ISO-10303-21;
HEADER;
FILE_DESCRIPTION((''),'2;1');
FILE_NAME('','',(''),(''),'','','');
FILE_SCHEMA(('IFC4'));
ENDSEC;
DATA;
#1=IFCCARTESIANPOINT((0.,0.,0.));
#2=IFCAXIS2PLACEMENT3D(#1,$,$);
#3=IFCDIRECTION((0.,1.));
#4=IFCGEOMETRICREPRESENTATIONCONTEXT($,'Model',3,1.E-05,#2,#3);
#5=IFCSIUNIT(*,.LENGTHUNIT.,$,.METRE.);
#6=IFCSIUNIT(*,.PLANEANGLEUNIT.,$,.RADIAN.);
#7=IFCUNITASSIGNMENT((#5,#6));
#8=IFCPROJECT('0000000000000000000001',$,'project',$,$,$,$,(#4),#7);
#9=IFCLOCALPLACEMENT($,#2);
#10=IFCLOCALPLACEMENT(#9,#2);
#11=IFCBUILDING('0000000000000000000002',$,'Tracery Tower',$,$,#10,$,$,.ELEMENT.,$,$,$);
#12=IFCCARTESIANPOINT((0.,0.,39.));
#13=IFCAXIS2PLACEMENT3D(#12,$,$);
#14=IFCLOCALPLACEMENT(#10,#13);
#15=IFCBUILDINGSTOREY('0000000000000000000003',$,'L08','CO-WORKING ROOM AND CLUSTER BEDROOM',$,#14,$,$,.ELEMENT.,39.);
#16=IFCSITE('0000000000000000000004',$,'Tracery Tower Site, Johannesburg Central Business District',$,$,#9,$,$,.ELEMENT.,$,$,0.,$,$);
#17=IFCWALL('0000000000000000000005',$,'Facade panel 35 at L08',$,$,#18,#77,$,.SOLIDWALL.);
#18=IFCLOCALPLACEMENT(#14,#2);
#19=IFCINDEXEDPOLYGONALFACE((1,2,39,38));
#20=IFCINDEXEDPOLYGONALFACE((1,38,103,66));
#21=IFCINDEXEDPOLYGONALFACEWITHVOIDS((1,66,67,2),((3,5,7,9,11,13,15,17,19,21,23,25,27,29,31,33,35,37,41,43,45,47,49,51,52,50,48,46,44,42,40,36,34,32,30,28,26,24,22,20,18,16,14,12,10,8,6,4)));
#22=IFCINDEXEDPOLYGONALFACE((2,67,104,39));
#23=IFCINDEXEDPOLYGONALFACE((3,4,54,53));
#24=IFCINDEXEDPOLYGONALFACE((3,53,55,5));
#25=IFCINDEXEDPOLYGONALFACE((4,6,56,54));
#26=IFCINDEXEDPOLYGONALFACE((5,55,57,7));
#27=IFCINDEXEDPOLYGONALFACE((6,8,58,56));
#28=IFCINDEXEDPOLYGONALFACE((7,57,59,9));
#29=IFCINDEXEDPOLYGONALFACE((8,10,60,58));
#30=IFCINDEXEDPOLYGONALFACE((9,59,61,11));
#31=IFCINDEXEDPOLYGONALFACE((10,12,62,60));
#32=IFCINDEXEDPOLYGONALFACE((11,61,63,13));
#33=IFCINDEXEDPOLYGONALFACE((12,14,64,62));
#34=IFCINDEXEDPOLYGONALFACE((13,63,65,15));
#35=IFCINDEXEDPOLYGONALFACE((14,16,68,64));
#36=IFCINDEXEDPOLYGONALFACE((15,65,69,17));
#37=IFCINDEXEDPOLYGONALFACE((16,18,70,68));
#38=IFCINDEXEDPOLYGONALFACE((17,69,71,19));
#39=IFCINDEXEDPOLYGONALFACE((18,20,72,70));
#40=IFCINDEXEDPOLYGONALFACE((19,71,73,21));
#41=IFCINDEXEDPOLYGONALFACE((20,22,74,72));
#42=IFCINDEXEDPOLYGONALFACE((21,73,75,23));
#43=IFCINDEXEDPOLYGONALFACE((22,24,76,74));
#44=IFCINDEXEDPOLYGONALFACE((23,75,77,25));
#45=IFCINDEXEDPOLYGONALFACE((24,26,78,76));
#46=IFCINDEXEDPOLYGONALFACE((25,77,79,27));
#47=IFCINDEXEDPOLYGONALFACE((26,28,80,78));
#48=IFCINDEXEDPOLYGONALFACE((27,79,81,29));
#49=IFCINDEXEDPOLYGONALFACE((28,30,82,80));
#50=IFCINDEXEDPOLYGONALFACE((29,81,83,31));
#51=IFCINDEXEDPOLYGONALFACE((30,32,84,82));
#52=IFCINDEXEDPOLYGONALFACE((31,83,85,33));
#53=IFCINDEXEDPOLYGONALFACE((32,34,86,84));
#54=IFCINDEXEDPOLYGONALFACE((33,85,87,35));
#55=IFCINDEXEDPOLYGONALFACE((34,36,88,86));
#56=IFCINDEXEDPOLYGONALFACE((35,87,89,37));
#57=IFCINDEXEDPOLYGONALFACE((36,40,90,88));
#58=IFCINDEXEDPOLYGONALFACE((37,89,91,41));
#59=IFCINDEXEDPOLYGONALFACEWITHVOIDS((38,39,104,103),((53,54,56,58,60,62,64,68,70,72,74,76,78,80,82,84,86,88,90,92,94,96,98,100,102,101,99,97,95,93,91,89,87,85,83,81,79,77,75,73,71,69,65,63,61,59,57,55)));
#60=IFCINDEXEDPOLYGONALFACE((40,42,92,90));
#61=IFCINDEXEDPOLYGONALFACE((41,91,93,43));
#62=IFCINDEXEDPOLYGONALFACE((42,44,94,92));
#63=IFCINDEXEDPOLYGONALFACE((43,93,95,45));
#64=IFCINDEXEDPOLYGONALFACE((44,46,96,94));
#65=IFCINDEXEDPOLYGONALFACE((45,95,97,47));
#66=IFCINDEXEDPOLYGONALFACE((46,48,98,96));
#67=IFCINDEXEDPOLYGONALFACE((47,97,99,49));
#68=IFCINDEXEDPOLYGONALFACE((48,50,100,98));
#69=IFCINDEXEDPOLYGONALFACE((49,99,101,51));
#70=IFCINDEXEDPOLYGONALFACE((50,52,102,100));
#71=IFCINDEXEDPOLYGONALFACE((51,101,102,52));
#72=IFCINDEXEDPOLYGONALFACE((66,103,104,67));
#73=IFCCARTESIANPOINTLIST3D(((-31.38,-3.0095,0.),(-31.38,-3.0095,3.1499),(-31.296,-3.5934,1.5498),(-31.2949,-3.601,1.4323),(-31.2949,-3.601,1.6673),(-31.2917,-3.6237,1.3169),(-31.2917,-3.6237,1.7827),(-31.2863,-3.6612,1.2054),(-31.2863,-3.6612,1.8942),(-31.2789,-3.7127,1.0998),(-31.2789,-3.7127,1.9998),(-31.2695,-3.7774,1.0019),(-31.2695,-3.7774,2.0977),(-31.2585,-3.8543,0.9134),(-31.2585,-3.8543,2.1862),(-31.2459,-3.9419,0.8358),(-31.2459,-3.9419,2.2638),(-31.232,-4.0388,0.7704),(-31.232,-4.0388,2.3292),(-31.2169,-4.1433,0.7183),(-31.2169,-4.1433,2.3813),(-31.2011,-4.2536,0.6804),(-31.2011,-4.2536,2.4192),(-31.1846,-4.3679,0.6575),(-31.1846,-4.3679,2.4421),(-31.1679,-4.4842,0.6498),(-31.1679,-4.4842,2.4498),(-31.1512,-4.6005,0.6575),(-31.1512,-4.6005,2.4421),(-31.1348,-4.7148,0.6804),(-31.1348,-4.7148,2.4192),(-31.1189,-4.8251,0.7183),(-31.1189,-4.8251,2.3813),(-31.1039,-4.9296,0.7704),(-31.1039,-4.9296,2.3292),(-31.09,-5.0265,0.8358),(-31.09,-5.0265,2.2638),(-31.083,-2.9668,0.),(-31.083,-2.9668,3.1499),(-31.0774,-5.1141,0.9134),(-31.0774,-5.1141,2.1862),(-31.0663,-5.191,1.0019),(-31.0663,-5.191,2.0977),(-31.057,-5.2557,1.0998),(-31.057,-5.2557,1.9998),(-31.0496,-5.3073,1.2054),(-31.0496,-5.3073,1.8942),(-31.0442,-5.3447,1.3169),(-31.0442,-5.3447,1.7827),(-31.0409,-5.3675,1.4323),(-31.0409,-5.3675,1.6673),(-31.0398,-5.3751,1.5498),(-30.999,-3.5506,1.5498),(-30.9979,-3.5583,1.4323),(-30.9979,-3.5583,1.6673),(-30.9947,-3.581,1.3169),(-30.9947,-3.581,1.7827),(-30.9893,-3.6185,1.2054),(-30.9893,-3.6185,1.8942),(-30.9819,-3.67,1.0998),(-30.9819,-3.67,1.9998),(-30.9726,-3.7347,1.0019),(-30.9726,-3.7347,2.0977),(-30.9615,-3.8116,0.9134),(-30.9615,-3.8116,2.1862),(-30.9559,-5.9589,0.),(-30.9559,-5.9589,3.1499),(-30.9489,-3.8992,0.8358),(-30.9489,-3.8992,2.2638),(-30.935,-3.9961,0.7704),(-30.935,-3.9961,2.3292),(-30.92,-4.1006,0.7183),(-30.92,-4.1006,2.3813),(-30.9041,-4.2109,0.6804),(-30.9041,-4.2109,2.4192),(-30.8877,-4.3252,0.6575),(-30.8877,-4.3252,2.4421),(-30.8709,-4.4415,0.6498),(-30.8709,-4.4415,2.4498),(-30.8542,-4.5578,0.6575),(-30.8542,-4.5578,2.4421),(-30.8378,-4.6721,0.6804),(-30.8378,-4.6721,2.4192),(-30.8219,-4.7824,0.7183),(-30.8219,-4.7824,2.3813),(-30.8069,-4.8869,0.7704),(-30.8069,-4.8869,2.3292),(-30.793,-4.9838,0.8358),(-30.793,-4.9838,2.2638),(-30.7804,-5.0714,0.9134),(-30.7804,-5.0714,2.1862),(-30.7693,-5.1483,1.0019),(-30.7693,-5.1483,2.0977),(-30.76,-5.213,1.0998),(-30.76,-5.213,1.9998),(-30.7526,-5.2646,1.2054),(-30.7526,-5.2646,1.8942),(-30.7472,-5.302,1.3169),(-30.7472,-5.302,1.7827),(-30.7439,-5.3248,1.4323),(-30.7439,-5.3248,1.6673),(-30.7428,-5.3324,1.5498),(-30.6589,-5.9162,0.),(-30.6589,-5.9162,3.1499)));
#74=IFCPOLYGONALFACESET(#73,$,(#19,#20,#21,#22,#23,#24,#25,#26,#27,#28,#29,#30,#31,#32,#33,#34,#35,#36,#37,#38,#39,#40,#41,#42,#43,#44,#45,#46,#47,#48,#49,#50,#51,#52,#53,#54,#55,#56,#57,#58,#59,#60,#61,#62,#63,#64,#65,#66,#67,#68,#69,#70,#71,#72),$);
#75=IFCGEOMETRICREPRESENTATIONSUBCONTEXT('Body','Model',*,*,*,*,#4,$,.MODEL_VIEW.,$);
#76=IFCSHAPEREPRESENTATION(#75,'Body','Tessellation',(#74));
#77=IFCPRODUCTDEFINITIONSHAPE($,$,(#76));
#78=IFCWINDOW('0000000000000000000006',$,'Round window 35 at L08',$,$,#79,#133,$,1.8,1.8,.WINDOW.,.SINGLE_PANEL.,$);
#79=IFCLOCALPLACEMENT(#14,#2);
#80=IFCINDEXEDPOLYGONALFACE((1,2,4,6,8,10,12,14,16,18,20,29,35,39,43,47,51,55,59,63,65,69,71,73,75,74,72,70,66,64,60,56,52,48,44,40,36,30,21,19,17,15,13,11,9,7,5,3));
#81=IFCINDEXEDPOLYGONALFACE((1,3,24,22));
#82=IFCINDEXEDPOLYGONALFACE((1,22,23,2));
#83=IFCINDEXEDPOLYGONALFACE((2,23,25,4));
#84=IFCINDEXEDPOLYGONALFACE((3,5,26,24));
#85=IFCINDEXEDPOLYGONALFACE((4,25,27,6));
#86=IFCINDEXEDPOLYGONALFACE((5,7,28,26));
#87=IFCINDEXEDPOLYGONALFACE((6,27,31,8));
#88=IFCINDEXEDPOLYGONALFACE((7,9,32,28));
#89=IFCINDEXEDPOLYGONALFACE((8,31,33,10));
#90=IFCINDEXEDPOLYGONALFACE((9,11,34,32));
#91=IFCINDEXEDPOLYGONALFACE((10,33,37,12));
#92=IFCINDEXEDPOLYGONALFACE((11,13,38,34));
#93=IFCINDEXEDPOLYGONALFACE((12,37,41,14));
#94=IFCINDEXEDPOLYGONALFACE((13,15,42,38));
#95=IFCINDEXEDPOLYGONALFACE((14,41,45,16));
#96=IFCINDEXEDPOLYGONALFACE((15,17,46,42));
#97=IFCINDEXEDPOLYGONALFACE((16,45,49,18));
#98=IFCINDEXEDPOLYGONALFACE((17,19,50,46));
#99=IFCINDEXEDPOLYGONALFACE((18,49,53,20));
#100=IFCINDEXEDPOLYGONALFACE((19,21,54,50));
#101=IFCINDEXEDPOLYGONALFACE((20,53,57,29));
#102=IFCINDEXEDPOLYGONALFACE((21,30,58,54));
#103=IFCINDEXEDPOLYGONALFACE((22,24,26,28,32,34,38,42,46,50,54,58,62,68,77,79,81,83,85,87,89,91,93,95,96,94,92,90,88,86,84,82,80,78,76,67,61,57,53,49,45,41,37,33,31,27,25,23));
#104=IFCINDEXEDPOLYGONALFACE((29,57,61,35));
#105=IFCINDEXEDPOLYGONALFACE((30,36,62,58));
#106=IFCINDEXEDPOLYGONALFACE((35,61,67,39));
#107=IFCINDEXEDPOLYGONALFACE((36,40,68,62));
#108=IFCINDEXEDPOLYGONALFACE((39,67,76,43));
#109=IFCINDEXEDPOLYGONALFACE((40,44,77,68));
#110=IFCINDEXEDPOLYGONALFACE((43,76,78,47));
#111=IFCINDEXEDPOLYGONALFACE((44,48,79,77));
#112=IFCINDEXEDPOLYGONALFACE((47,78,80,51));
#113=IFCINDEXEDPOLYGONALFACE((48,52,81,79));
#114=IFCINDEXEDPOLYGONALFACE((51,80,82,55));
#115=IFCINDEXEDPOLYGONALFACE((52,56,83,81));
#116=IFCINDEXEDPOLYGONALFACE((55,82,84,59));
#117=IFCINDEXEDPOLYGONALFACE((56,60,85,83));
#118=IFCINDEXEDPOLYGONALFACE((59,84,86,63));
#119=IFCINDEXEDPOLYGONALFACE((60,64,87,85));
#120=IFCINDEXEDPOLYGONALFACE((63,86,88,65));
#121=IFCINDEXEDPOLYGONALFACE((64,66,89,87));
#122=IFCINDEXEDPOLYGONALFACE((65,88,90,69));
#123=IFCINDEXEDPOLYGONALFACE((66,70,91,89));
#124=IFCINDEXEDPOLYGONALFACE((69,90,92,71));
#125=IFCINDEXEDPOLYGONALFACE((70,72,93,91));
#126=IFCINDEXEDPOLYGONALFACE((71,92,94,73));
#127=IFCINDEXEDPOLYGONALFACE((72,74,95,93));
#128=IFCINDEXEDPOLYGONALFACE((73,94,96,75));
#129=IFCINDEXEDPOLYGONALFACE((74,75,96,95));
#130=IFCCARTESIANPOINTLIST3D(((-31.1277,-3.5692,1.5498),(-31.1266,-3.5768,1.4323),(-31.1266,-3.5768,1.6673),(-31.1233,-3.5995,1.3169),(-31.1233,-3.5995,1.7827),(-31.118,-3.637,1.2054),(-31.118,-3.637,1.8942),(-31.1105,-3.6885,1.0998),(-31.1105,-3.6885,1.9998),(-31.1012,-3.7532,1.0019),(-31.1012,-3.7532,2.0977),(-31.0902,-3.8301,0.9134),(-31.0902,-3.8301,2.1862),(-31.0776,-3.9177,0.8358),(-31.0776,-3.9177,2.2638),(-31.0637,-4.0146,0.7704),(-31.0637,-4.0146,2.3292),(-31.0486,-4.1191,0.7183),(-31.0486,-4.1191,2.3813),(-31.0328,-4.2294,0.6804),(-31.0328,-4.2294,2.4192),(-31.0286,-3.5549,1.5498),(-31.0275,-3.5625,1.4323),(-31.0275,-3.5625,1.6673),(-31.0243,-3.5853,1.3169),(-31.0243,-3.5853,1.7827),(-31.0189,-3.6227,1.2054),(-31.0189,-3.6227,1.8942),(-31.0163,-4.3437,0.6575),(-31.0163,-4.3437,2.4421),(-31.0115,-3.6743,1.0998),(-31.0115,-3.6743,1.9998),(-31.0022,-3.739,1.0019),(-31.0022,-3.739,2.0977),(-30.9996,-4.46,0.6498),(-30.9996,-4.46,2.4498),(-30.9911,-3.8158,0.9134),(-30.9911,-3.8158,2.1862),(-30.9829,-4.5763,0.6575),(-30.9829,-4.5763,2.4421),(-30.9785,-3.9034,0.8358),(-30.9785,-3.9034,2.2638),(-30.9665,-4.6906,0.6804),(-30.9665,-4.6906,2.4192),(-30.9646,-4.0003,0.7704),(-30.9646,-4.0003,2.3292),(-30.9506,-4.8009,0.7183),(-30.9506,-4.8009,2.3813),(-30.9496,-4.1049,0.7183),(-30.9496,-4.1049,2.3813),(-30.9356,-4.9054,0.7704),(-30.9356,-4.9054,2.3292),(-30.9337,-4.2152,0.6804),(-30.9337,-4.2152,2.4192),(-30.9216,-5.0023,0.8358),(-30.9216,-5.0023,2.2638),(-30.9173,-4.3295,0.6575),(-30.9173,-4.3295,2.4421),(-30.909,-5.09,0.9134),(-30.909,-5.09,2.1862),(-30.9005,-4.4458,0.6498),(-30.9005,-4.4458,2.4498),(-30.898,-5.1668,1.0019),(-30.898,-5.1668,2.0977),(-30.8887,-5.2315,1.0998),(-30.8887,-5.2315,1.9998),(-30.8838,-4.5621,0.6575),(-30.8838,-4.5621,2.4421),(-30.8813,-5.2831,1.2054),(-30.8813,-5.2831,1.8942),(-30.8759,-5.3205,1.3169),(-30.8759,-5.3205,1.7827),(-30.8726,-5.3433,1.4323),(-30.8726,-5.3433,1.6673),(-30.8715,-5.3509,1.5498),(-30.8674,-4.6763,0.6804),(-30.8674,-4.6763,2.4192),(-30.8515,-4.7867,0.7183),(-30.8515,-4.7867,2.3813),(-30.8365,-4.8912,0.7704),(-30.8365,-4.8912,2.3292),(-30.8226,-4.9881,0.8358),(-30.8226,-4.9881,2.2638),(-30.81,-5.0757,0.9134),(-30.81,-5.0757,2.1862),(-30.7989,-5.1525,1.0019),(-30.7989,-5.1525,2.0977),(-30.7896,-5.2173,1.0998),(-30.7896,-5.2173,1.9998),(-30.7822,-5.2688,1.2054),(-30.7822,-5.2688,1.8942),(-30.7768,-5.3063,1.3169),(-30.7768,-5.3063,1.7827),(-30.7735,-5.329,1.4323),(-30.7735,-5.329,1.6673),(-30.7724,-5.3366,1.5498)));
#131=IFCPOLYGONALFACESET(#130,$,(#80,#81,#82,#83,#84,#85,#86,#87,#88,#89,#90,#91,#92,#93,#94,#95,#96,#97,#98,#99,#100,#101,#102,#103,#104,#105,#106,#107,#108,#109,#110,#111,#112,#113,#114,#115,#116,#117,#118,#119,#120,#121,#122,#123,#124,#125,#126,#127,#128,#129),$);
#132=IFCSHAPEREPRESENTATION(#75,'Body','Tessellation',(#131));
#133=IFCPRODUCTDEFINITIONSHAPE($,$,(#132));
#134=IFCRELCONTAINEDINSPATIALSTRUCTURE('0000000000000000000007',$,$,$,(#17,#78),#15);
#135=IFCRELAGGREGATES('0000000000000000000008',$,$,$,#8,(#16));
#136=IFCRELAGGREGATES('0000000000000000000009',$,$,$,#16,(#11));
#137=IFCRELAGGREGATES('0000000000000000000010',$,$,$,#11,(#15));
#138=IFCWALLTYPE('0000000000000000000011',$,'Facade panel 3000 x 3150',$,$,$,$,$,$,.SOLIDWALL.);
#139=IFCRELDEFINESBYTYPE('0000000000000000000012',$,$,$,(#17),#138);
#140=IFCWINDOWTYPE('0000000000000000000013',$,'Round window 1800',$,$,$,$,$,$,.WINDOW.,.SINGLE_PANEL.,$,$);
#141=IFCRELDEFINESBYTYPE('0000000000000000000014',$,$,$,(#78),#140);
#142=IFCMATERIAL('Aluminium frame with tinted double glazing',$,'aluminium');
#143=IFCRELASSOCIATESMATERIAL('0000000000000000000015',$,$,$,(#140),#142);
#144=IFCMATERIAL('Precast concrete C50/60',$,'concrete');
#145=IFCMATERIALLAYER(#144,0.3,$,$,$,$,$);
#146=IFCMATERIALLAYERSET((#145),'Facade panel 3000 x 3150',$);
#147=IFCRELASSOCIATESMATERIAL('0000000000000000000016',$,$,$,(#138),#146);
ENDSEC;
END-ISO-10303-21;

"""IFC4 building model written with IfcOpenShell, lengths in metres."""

from ifc_helpers import new_model, si_unit, direction, frame, frame_2d, origin, origin_2d, place, context, subcontext, project, spatial, rectangle, circle, extrude, material, layer, layer_set, type_object, element, fill, save


model = new_model("IFC4")

# Units and contexts
model_context = context("Model", 3, precision=1e-05, world=origin(), true_north=direction((0.0, 1.0)))
body_context = subcontext(model_context, "Body", "Model", "MODEL_VIEW")
ifc_project = project(units=[si_unit("LENGTHUNIT", "METRE"), si_unit("PLANEANGLEUNIT", "RADIAN")], contexts=[model_context])

# Site, building, storey
site_placement = place(None, origin())
site = spatial("IfcSite", under=ifc_project, at=site_placement, Name="Tracery Tower Site, Johannesburg Central Business District", CompositionType="ELEMENT", RefElevation=0.0)
building_placement = place(site_placement, origin())
building = spatial("IfcBuilding", under=site, at=building_placement, Name="Tracery Tower", CompositionType="ELEMENT")
storey_placement = place(building_placement, frame((0.0, 0.0, 39.0)))
storey = spatial("IfcBuildingStorey", under=building, at=storey_placement, Name="L08", Description="CO-WORKING ROOM AND CLUSTER BEDROOM", CompositionType="ELEMENT", Elevation=39.0)

# Wall, opening, window
ifc_material_1 = material(Name="Aluminium frame with tinted double glazing", Category="aluminium")
window_type = type_object("IfcWindowType", Name="Round window 1800", PartitioningType="SINGLE_PANEL", PredefinedType="WINDOW", material=ifc_material_1)
ifc_material_2 = material(Name="Precast concrete C50/60", Category="concrete")
ifc_layer_1 = layer(ifc_material_2, 0.3)
ifc_layer_set_1 = layer_set([ifc_layer_1], Name="Facade panel 3000 x 3150")
wall_type_1 = type_object("IfcWallType", Name="Facade panel 3000 x 3150", PredefinedType="SOLIDWALL", material=ifc_layer_set_1)
wall_1_placement = place(storey_placement, frame((-31.2314, -2.9883, 0.0), z_axis=(0.0, 0.0, 1.0), x_axis=(0.142316, -0.989821, 0.0)))
wall_1 = element("IfcWall", 1, at=wall_1_placement, inside=storey, type_object=wall_type_1, Name="Facade panel 35 at L08", PredefinedType="SOLIDWALL", context=body_context, shape_type="SweptSolid", body=[
    extrude(rectangle(XDim=2.9797, YDim=0.3, at=frame_2d((1.4897, 0.0))), origin(), (0.0, 0.0, 1.0), 3.1499),
])
opening_1_placement = place(wall_1_placement, frame((1.4897, 0.0, 1.5498)))
opening_1 = element("IfcOpeningElement", 2, at=opening_1_placement, cuts=wall_1, PredefinedType="OPENING", context=body_context, shape_type="SweptSolid", body=[
    extrude(circle(Radius=0.9, at=origin_2d()), frame((0.0, 0.1599, 0.0), z_axis=(0.0, -1.0, 0.0), x_axis=(1.0, 0.0, 0.0)), (0.0, 0.0, 1.0), 0.3201),
])
window_1_placement = place(opening_1_placement, origin())
window_1 = element("IfcWindow", 3, at=window_1_placement, inside=storey, type_object=window_type, Name="Round window 35 at L08", OverallHeight=1.8, OverallWidth=1.8, PartitioningType="SINGLE_PANEL", PredefinedType="WINDOW", context=body_context, shape_type="SweptSolid", body=[
    extrude(circle(Radius=0.9, at=origin_2d()), frame((0.0, 0.1201, 0.0), z_axis=(0.0, -1.0, 0.0), x_axis=(1.0, 0.0, 0.0)), (0.0, 0.0, 1.0), 0.1001),
])
fill(opening_1, window_1)

save(model, "model.ifc")
